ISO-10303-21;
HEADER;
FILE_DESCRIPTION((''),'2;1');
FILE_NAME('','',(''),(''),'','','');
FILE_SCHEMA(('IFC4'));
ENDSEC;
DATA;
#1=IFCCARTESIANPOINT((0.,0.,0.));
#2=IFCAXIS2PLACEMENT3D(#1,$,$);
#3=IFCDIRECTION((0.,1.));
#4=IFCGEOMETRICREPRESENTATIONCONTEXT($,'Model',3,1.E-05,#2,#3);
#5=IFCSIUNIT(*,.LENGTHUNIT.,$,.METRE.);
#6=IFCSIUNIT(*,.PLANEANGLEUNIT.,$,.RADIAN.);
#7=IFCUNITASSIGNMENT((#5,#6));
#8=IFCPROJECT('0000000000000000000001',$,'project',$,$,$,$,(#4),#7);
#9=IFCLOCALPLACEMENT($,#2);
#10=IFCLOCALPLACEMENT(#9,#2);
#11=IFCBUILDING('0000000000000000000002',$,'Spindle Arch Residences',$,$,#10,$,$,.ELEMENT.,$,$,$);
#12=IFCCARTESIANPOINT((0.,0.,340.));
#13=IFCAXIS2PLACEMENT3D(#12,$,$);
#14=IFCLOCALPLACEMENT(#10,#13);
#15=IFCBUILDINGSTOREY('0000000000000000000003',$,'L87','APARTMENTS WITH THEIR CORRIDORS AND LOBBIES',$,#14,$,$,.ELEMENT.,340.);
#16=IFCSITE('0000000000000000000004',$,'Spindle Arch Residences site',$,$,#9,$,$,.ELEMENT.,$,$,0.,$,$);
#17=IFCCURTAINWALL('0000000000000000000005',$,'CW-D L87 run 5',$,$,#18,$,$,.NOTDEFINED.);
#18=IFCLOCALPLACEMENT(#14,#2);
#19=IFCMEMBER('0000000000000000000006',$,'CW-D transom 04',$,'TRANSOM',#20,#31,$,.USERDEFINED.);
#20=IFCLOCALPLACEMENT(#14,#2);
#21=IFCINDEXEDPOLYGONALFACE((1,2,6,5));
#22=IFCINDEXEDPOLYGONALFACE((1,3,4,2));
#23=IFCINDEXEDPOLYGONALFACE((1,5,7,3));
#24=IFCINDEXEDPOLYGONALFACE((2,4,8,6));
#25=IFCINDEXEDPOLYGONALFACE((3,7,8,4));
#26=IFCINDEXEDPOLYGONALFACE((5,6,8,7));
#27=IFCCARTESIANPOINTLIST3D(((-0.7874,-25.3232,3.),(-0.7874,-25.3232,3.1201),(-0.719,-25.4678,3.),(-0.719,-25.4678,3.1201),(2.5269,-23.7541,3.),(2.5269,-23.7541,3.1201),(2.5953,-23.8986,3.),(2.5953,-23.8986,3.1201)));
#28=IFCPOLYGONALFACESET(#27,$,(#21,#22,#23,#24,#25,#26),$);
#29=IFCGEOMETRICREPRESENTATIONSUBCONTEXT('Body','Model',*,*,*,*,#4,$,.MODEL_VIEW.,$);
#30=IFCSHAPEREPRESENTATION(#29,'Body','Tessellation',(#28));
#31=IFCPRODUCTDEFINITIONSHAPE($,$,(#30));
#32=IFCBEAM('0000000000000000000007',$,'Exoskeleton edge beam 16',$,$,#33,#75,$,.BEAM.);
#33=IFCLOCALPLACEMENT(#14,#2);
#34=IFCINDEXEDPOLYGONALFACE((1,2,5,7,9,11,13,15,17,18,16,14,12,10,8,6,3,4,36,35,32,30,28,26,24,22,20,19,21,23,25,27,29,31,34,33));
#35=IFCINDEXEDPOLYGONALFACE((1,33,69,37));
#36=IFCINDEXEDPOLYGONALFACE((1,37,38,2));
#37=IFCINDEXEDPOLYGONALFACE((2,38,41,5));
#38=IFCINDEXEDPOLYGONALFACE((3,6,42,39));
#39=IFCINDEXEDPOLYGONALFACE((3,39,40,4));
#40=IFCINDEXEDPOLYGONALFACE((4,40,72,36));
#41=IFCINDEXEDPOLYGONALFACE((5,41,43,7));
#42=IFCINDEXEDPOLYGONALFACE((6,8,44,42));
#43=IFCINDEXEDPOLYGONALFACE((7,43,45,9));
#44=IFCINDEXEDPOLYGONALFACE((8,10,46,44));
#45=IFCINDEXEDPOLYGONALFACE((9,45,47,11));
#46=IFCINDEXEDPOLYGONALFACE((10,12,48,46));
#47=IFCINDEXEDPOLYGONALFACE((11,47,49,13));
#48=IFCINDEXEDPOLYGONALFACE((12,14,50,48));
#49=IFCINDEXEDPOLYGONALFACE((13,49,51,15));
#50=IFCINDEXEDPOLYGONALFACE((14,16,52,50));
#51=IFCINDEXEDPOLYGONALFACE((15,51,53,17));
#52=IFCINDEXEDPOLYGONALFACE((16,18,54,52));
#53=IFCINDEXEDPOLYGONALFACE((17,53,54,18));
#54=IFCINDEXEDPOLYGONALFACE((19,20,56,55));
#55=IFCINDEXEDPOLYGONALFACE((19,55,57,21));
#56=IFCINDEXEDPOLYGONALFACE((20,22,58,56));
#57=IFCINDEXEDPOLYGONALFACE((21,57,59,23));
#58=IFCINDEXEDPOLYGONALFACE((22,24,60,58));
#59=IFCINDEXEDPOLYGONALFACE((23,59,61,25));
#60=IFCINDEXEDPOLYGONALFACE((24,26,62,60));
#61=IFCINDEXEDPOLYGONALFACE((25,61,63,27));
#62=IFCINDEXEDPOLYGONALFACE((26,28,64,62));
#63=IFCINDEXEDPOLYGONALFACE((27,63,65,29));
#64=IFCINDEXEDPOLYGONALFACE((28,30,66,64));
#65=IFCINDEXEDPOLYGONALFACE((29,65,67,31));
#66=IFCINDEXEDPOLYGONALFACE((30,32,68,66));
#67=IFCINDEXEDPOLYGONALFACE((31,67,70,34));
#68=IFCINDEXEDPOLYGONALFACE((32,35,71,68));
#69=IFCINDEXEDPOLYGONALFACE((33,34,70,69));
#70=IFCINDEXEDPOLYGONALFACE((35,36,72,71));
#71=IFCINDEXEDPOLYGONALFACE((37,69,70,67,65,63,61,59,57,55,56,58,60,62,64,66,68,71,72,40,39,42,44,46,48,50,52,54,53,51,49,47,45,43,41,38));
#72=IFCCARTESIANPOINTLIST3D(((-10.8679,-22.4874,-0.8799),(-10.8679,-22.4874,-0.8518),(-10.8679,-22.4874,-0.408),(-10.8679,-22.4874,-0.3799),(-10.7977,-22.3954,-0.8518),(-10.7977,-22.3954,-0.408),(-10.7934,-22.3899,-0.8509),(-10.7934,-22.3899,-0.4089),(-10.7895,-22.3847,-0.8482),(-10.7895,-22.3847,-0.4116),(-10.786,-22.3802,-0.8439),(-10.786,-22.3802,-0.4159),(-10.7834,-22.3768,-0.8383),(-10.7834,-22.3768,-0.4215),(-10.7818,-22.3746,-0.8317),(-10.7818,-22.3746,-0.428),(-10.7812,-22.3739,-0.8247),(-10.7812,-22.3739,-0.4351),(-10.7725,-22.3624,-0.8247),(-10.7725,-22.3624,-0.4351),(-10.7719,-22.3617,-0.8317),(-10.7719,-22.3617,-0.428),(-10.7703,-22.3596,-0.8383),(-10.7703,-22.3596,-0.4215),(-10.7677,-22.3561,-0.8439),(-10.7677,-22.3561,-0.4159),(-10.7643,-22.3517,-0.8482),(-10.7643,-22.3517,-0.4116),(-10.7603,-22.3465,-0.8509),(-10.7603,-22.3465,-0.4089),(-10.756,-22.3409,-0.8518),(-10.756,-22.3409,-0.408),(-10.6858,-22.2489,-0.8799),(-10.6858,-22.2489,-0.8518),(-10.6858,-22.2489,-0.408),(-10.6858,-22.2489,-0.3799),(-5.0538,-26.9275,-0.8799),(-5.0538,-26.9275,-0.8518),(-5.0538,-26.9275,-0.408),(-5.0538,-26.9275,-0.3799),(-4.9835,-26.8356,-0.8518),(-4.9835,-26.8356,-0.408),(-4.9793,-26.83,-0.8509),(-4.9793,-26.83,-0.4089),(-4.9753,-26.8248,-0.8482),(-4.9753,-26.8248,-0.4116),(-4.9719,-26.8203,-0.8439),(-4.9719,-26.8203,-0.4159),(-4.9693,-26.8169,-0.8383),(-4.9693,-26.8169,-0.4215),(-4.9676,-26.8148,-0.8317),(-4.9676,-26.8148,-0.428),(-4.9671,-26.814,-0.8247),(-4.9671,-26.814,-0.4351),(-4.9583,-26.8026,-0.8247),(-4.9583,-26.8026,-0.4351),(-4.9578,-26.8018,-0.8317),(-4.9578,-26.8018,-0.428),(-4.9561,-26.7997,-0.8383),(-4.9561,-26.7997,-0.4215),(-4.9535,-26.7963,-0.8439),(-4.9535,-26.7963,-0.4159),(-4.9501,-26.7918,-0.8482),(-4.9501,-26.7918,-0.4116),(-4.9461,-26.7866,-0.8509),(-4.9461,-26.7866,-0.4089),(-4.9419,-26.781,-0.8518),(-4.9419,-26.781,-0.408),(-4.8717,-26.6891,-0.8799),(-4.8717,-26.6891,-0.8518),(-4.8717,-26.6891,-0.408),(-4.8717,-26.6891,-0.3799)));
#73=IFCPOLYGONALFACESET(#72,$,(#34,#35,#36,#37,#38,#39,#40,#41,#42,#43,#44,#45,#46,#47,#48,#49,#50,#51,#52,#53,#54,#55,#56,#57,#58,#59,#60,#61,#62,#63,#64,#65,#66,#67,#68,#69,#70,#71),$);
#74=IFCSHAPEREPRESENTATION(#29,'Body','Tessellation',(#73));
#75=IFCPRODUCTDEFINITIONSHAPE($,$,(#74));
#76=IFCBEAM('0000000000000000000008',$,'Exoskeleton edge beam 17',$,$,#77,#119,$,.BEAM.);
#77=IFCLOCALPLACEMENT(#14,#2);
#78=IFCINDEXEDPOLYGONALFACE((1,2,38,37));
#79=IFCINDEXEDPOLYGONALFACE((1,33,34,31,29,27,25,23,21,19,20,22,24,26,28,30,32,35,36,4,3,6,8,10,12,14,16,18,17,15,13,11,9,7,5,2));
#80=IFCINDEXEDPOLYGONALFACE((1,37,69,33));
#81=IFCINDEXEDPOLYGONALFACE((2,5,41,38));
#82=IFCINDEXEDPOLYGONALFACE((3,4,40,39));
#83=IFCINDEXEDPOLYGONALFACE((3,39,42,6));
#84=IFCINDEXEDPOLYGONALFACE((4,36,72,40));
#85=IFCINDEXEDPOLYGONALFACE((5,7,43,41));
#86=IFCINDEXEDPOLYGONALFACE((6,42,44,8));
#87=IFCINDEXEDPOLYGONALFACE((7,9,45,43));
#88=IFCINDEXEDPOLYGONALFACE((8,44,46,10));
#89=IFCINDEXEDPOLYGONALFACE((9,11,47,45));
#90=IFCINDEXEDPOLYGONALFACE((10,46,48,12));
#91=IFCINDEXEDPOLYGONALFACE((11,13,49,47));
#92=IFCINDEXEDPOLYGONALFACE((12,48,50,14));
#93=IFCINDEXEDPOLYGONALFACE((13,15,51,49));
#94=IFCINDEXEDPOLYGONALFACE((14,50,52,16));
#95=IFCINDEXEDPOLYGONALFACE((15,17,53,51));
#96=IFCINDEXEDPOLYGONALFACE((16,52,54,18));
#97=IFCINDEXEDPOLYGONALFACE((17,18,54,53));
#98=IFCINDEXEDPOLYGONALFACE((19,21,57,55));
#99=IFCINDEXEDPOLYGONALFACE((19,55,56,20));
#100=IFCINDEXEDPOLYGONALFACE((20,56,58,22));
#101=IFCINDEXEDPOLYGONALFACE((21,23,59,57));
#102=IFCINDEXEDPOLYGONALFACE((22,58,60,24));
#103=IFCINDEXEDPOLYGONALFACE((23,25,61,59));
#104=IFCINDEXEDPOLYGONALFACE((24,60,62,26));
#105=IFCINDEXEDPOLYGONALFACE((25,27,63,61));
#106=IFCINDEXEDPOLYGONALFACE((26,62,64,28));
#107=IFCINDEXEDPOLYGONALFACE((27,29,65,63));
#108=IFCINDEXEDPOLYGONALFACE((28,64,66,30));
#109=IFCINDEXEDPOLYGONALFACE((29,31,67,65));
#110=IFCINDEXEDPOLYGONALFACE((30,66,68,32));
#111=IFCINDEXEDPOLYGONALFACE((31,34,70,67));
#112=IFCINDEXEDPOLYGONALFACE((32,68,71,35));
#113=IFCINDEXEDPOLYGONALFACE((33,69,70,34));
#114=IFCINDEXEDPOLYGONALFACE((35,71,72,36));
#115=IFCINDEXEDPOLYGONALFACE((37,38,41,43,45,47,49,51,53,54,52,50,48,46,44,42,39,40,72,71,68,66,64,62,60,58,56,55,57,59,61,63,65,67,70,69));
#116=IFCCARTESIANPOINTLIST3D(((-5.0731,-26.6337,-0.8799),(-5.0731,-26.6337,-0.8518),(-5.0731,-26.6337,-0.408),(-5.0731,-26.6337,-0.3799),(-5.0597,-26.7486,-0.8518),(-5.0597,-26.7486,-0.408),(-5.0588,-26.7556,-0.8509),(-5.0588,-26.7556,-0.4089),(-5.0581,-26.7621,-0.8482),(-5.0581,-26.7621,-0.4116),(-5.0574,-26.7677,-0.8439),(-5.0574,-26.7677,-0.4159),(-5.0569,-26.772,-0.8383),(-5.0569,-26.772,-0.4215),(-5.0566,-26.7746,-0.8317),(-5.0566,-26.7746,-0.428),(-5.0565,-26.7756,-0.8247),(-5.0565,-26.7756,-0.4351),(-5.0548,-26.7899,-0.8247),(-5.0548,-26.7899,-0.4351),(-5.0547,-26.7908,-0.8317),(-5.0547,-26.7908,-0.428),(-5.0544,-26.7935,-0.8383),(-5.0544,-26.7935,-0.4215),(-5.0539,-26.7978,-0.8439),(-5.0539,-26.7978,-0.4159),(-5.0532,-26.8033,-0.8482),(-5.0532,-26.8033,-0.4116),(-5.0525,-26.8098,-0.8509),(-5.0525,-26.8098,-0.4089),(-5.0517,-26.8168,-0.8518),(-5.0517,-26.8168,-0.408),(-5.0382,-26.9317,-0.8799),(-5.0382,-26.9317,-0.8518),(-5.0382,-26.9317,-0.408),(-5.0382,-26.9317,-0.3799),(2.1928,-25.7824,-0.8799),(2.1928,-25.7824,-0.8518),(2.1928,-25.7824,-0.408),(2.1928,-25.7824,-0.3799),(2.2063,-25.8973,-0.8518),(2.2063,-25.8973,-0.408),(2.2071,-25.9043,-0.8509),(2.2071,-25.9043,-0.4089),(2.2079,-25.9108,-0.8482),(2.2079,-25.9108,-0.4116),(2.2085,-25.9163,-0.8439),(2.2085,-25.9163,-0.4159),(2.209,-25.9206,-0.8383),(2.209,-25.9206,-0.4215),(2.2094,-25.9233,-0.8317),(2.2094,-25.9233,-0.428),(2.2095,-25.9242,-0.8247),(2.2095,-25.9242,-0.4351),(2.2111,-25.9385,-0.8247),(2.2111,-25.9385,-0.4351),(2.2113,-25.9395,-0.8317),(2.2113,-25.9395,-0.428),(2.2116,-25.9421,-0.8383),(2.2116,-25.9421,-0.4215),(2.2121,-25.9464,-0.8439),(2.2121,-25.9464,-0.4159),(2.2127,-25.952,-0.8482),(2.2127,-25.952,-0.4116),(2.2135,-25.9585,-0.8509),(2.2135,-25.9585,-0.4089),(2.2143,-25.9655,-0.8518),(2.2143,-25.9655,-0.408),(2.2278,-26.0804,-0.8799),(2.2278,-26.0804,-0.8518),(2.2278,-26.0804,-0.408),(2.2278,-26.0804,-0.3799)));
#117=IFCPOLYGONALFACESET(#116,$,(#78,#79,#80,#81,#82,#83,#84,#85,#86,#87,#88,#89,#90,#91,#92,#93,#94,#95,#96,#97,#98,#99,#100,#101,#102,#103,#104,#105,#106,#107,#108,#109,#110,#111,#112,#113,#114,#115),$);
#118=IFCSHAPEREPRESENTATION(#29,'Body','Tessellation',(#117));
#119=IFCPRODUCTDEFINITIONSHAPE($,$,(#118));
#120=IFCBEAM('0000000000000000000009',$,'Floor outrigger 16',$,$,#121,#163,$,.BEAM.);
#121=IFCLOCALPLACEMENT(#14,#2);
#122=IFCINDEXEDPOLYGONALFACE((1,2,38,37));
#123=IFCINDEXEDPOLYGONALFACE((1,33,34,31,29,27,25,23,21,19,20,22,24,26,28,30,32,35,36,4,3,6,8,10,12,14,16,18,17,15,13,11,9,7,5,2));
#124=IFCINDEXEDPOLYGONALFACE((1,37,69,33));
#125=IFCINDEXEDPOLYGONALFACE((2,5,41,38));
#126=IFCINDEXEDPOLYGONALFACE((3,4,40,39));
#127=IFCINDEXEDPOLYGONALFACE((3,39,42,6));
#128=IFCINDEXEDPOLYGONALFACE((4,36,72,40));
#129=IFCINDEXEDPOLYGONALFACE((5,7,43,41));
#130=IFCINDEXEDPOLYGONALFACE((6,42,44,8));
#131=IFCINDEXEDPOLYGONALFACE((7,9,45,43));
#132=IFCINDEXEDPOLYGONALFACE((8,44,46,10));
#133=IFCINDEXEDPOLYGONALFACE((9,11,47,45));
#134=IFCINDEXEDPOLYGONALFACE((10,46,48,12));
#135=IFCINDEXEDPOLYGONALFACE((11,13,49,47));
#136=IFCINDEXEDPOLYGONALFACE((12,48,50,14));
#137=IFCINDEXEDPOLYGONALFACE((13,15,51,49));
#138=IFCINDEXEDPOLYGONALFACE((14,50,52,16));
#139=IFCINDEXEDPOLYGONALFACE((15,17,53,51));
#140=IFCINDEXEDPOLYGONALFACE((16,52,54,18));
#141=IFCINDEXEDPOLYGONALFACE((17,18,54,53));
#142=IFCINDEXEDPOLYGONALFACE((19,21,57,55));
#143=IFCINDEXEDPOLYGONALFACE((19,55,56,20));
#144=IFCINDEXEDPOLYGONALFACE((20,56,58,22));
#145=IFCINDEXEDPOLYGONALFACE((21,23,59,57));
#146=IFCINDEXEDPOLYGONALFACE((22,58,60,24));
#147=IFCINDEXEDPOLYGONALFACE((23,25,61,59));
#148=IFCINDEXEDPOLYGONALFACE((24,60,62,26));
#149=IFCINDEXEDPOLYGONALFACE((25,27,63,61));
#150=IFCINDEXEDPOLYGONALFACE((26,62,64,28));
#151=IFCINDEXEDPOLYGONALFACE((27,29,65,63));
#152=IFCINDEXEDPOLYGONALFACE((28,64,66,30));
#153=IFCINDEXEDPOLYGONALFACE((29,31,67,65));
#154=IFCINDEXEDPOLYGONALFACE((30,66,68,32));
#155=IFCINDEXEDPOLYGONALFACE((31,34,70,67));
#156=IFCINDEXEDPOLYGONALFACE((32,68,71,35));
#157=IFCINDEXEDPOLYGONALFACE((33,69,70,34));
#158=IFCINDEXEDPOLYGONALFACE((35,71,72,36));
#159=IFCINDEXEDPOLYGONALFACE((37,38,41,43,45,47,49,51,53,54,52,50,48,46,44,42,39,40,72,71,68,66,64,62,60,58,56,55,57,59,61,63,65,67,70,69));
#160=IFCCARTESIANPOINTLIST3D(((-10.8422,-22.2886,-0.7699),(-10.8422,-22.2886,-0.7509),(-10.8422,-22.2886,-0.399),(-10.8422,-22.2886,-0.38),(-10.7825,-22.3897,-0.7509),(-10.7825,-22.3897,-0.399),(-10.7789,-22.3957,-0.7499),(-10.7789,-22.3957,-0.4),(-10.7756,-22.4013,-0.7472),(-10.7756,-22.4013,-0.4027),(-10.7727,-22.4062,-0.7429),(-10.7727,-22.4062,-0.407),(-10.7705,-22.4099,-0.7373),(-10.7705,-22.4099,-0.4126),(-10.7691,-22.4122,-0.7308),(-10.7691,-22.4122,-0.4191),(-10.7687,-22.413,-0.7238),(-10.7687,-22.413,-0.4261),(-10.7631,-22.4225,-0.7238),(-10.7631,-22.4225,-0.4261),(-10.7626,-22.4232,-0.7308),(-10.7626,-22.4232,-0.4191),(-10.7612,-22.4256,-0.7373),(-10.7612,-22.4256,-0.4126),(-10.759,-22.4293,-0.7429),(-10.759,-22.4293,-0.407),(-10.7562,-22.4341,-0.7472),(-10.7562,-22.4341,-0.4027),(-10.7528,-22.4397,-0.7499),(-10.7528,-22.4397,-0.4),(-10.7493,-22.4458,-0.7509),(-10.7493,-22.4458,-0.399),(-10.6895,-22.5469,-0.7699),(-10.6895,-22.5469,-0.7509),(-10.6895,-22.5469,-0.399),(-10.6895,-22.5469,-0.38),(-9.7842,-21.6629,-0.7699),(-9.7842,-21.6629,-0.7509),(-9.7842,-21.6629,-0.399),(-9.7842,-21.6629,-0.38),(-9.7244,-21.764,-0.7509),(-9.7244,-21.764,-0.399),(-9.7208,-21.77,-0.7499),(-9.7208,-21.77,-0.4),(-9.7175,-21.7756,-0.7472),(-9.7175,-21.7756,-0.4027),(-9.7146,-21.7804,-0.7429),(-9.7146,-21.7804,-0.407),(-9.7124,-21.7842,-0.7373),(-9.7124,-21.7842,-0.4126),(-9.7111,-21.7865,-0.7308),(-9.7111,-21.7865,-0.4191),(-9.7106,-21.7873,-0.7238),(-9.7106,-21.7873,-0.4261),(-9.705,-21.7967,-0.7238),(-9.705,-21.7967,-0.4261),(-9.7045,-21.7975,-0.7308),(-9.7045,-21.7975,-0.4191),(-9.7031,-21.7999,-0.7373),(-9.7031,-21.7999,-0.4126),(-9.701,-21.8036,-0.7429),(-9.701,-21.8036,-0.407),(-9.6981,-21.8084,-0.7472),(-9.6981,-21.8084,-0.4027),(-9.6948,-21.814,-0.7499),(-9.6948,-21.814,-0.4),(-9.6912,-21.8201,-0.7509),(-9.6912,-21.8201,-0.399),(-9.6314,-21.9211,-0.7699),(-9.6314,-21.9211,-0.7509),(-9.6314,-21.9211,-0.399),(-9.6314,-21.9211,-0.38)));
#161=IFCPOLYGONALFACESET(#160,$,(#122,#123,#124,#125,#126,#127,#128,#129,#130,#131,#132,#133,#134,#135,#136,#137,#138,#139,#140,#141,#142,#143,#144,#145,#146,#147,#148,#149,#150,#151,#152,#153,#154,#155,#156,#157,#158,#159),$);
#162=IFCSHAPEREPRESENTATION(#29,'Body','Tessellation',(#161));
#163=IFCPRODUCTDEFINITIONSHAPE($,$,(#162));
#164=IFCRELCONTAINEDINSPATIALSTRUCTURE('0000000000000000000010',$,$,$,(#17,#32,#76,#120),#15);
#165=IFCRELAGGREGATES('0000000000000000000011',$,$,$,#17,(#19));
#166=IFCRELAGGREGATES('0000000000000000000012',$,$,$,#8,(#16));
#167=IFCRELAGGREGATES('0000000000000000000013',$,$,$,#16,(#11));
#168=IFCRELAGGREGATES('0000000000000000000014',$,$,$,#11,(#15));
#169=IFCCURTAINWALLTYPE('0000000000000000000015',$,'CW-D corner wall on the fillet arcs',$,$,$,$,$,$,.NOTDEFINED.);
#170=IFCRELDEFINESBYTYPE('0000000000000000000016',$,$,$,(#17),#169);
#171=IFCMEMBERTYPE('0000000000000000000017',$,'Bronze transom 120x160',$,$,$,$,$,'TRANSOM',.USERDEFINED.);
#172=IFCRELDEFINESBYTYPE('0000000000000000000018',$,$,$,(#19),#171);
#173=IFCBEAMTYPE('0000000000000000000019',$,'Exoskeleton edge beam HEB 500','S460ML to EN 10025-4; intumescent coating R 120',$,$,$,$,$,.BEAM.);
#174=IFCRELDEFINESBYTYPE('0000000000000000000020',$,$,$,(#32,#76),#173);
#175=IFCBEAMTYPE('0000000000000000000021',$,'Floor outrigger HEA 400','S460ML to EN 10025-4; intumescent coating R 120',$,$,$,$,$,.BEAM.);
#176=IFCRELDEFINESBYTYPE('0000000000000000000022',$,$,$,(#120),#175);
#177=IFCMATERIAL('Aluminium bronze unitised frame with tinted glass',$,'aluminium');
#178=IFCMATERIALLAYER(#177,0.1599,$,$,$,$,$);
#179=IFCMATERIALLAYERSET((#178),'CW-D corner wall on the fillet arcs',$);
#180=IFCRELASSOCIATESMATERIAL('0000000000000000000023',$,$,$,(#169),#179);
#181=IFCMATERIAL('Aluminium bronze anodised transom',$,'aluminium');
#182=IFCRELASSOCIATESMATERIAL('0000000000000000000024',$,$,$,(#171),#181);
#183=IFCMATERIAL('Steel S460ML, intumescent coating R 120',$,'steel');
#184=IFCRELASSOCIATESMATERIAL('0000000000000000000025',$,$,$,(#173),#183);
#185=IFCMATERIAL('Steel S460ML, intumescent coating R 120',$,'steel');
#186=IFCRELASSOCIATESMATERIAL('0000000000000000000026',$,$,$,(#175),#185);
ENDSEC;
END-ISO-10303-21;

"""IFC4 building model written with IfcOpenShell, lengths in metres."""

from ifc_helpers import new_model, si_unit, direction, frame, origin, origin_2d, place, context, subcontext, project, spatial, rectangle, i_section, extrude, material, layer, layer_set, material_profile, profile_set, type_object, element, aggregate, save


model = new_model("IFC4")

# Units and contexts
model_context = context("Model", 3, precision=1e-05, world=origin(), true_north=direction((0.0, 1.0)))
body_context = subcontext(model_context, "Body", "Model", "MODEL_VIEW")
ifc_project = project(units=[si_unit("LENGTHUNIT", "METRE"), si_unit("PLANEANGLEUNIT", "RADIAN")], contexts=[model_context])

# Site, building, storey
site_placement = place(None, origin())
site = spatial("IfcSite", under=ifc_project, at=site_placement, Name="Spindle Arch Residences site", CompositionType="ELEMENT", RefElevation=0.0)
building_placement = place(site_placement, origin())
building = spatial("IfcBuilding", under=site, at=building_placement, Name="Spindle Arch Residences", CompositionType="ELEMENT")
storey_placement = place(building_placement, frame((0.0, 0.0, 340.0)))
storey = spatial("IfcBuildingStorey", under=building, at=storey_placement, Name="L87", Description="APARTMENTS WITH THEIR CORRIDORS AND LOBBIES", CompositionType="ELEMENT", Elevation=340.0)

# Curtain wall, member
ifc_material_1 = material(Name="Aluminium bronze unitised frame with tinted glass", Category="aluminium")
ifc_layer_1 = layer(ifc_material_1, 0.1599)
ifc_layer_set_1 = layer_set([ifc_layer_1], Name="CW-D corner wall on the fillet arcs")
curtain_wall_type = type_object("IfcCurtainWallType", Name="CW-D corner wall on the fillet arcs", PredefinedType="NOTDEFINED", material=ifc_layer_set_1)
curtain_wall_placement = place(storey_placement, origin())
curtain_wall = element("IfcCurtainWall", 1, at=curtain_wall_placement, inside=storey, type_object=curtain_wall_type, Name="CW-D L87 run 5", PredefinedType="NOTDEFINED")
ifc_material_2 = material(Name="Aluminium bronze anodised transom", Category="aluminium")
ifc_material_profile_1 = material_profile(ifc_material_2, rectangle(XDim=0.1599, YDim=0.1201, at=origin_2d()), Name="TR 120x160")
ifc_profile_set_1 = profile_set([ifc_material_profile_1], Name="Aluminium bronze anodised transom")
member_type_1 = type_object("IfcMemberType", Name="Bronze transom 120x160", ElementType="TRANSOM", PredefinedType="USERDEFINED", material=ifc_profile_set_1)
member_1_placement = place(storey_placement, frame((-0.7532, -25.3955, 3.0601), z_axis=(0.903822, 0.427909, 0.0), x_axis=(-0.427909, 0.903822, 0.0)))
member_1 = element("IfcMember", 2, at=member_1_placement, type_object=member_type_1, Name="CW-D transom 04", ObjectType="TRANSOM", PredefinedType="USERDEFINED", context=body_context, shape_type="SweptSolid", body=[
    extrude(rectangle(XDim=0.1599, YDim=0.1201, at=origin_2d()), origin(), (0.0, 0.0, 1.0), 3.667),
])

# Beams
ifc_material_3 = material(Name="Steel S460ML, intumescent coating R 120", Category="steel")
ifc_material_profile_2 = material_profile(ifc_material_3, i_section(OverallWidth=0.3, OverallDepth=0.5, WebThickness=0.0144, FlangeThickness=0.0281, FilletRadius=0.0271, at=origin_2d()), Name="HEB 500")
ifc_profile_set_2 = profile_set([ifc_material_profile_2], Name="Steel S460ML, intumescent coating R 120")
beam_type_1 = type_object("IfcBeamType", Name="Exoskeleton edge beam HEB 500", Description="S460ML to EN 10025-4; intumescent coating R 120", PredefinedType="BEAM", material=ifc_profile_set_2)
for number, where, z_axis, x_axis, name in (
    (3, (-10.7769, -22.3682, -0.6299), (0.794752, -0.606935, 0.0), (0.606935, 0.794752, 0.0), "Exoskeleton edge beam 16"),
    (4, (-5.0557, -26.7827, -0.6299), (0.993206, 0.116371, 0.0), (-0.116371, 0.993206, 0.0), "Exoskeleton edge beam 17"),
):
    element("IfcBeam", number, at=place(storey_placement, frame(where, z_axis=z_axis, x_axis=x_axis)), inside=storey, type_object=beam_type_1, Name=name, PredefinedType="BEAM", context=body_context, shape_type="SweptSolid", body=[
        extrude(i_section(OverallWidth=0.3, OverallDepth=0.5, WebThickness=0.0144, FlangeThickness=0.0281, FilletRadius=0.0271, at=origin_2d()), origin(), (0.0, 0.0, 1.0), 7.3157),
    ])
ifc_material_4 = material(Name="Steel S460ML, intumescent coating R 120", Category="steel")
ifc_material_profile_3 = material_profile(ifc_material_4, i_section(OverallWidth=0.3, OverallDepth=0.3899, WebThickness=0.011, FlangeThickness=0.019, FilletRadius=0.0271, at=origin_2d()), Name="HEA 400")
ifc_profile_set_3 = profile_set([ifc_material_profile_3], Name="Steel S460ML, intumescent coating R 120")
beam_type_2 = type_object("IfcBeamType", Name="Floor outrigger HEA 400", Description="S460ML to EN 10025-4; intumescent coating R 120", PredefinedType="BEAM", material=ifc_profile_set_3)
beam_1_placement = place(storey_placement, frame((-10.7659, -22.4177, -0.575), z_axis=(0.860753, 0.509024, 0.0), x_axis=(-0.509024, 0.860753, 0.0)))
element("IfcBeam", 5, at=beam_1_placement, inside=storey, type_object=beam_type_2, Name="Floor outrigger 16", PredefinedType="BEAM", context=body_context, shape_type="SweptSolid", body=[
    extrude(i_section(OverallWidth=0.3, OverallDepth=0.3899, WebThickness=0.011, FlangeThickness=0.019, FilletRadius=0.0271, at=origin_2d()), origin(), (0.0, 0.0, 1.0), 1.2292),
])

aggregate(curtain_wall, [member_1])

save(model, "model.ifc")
